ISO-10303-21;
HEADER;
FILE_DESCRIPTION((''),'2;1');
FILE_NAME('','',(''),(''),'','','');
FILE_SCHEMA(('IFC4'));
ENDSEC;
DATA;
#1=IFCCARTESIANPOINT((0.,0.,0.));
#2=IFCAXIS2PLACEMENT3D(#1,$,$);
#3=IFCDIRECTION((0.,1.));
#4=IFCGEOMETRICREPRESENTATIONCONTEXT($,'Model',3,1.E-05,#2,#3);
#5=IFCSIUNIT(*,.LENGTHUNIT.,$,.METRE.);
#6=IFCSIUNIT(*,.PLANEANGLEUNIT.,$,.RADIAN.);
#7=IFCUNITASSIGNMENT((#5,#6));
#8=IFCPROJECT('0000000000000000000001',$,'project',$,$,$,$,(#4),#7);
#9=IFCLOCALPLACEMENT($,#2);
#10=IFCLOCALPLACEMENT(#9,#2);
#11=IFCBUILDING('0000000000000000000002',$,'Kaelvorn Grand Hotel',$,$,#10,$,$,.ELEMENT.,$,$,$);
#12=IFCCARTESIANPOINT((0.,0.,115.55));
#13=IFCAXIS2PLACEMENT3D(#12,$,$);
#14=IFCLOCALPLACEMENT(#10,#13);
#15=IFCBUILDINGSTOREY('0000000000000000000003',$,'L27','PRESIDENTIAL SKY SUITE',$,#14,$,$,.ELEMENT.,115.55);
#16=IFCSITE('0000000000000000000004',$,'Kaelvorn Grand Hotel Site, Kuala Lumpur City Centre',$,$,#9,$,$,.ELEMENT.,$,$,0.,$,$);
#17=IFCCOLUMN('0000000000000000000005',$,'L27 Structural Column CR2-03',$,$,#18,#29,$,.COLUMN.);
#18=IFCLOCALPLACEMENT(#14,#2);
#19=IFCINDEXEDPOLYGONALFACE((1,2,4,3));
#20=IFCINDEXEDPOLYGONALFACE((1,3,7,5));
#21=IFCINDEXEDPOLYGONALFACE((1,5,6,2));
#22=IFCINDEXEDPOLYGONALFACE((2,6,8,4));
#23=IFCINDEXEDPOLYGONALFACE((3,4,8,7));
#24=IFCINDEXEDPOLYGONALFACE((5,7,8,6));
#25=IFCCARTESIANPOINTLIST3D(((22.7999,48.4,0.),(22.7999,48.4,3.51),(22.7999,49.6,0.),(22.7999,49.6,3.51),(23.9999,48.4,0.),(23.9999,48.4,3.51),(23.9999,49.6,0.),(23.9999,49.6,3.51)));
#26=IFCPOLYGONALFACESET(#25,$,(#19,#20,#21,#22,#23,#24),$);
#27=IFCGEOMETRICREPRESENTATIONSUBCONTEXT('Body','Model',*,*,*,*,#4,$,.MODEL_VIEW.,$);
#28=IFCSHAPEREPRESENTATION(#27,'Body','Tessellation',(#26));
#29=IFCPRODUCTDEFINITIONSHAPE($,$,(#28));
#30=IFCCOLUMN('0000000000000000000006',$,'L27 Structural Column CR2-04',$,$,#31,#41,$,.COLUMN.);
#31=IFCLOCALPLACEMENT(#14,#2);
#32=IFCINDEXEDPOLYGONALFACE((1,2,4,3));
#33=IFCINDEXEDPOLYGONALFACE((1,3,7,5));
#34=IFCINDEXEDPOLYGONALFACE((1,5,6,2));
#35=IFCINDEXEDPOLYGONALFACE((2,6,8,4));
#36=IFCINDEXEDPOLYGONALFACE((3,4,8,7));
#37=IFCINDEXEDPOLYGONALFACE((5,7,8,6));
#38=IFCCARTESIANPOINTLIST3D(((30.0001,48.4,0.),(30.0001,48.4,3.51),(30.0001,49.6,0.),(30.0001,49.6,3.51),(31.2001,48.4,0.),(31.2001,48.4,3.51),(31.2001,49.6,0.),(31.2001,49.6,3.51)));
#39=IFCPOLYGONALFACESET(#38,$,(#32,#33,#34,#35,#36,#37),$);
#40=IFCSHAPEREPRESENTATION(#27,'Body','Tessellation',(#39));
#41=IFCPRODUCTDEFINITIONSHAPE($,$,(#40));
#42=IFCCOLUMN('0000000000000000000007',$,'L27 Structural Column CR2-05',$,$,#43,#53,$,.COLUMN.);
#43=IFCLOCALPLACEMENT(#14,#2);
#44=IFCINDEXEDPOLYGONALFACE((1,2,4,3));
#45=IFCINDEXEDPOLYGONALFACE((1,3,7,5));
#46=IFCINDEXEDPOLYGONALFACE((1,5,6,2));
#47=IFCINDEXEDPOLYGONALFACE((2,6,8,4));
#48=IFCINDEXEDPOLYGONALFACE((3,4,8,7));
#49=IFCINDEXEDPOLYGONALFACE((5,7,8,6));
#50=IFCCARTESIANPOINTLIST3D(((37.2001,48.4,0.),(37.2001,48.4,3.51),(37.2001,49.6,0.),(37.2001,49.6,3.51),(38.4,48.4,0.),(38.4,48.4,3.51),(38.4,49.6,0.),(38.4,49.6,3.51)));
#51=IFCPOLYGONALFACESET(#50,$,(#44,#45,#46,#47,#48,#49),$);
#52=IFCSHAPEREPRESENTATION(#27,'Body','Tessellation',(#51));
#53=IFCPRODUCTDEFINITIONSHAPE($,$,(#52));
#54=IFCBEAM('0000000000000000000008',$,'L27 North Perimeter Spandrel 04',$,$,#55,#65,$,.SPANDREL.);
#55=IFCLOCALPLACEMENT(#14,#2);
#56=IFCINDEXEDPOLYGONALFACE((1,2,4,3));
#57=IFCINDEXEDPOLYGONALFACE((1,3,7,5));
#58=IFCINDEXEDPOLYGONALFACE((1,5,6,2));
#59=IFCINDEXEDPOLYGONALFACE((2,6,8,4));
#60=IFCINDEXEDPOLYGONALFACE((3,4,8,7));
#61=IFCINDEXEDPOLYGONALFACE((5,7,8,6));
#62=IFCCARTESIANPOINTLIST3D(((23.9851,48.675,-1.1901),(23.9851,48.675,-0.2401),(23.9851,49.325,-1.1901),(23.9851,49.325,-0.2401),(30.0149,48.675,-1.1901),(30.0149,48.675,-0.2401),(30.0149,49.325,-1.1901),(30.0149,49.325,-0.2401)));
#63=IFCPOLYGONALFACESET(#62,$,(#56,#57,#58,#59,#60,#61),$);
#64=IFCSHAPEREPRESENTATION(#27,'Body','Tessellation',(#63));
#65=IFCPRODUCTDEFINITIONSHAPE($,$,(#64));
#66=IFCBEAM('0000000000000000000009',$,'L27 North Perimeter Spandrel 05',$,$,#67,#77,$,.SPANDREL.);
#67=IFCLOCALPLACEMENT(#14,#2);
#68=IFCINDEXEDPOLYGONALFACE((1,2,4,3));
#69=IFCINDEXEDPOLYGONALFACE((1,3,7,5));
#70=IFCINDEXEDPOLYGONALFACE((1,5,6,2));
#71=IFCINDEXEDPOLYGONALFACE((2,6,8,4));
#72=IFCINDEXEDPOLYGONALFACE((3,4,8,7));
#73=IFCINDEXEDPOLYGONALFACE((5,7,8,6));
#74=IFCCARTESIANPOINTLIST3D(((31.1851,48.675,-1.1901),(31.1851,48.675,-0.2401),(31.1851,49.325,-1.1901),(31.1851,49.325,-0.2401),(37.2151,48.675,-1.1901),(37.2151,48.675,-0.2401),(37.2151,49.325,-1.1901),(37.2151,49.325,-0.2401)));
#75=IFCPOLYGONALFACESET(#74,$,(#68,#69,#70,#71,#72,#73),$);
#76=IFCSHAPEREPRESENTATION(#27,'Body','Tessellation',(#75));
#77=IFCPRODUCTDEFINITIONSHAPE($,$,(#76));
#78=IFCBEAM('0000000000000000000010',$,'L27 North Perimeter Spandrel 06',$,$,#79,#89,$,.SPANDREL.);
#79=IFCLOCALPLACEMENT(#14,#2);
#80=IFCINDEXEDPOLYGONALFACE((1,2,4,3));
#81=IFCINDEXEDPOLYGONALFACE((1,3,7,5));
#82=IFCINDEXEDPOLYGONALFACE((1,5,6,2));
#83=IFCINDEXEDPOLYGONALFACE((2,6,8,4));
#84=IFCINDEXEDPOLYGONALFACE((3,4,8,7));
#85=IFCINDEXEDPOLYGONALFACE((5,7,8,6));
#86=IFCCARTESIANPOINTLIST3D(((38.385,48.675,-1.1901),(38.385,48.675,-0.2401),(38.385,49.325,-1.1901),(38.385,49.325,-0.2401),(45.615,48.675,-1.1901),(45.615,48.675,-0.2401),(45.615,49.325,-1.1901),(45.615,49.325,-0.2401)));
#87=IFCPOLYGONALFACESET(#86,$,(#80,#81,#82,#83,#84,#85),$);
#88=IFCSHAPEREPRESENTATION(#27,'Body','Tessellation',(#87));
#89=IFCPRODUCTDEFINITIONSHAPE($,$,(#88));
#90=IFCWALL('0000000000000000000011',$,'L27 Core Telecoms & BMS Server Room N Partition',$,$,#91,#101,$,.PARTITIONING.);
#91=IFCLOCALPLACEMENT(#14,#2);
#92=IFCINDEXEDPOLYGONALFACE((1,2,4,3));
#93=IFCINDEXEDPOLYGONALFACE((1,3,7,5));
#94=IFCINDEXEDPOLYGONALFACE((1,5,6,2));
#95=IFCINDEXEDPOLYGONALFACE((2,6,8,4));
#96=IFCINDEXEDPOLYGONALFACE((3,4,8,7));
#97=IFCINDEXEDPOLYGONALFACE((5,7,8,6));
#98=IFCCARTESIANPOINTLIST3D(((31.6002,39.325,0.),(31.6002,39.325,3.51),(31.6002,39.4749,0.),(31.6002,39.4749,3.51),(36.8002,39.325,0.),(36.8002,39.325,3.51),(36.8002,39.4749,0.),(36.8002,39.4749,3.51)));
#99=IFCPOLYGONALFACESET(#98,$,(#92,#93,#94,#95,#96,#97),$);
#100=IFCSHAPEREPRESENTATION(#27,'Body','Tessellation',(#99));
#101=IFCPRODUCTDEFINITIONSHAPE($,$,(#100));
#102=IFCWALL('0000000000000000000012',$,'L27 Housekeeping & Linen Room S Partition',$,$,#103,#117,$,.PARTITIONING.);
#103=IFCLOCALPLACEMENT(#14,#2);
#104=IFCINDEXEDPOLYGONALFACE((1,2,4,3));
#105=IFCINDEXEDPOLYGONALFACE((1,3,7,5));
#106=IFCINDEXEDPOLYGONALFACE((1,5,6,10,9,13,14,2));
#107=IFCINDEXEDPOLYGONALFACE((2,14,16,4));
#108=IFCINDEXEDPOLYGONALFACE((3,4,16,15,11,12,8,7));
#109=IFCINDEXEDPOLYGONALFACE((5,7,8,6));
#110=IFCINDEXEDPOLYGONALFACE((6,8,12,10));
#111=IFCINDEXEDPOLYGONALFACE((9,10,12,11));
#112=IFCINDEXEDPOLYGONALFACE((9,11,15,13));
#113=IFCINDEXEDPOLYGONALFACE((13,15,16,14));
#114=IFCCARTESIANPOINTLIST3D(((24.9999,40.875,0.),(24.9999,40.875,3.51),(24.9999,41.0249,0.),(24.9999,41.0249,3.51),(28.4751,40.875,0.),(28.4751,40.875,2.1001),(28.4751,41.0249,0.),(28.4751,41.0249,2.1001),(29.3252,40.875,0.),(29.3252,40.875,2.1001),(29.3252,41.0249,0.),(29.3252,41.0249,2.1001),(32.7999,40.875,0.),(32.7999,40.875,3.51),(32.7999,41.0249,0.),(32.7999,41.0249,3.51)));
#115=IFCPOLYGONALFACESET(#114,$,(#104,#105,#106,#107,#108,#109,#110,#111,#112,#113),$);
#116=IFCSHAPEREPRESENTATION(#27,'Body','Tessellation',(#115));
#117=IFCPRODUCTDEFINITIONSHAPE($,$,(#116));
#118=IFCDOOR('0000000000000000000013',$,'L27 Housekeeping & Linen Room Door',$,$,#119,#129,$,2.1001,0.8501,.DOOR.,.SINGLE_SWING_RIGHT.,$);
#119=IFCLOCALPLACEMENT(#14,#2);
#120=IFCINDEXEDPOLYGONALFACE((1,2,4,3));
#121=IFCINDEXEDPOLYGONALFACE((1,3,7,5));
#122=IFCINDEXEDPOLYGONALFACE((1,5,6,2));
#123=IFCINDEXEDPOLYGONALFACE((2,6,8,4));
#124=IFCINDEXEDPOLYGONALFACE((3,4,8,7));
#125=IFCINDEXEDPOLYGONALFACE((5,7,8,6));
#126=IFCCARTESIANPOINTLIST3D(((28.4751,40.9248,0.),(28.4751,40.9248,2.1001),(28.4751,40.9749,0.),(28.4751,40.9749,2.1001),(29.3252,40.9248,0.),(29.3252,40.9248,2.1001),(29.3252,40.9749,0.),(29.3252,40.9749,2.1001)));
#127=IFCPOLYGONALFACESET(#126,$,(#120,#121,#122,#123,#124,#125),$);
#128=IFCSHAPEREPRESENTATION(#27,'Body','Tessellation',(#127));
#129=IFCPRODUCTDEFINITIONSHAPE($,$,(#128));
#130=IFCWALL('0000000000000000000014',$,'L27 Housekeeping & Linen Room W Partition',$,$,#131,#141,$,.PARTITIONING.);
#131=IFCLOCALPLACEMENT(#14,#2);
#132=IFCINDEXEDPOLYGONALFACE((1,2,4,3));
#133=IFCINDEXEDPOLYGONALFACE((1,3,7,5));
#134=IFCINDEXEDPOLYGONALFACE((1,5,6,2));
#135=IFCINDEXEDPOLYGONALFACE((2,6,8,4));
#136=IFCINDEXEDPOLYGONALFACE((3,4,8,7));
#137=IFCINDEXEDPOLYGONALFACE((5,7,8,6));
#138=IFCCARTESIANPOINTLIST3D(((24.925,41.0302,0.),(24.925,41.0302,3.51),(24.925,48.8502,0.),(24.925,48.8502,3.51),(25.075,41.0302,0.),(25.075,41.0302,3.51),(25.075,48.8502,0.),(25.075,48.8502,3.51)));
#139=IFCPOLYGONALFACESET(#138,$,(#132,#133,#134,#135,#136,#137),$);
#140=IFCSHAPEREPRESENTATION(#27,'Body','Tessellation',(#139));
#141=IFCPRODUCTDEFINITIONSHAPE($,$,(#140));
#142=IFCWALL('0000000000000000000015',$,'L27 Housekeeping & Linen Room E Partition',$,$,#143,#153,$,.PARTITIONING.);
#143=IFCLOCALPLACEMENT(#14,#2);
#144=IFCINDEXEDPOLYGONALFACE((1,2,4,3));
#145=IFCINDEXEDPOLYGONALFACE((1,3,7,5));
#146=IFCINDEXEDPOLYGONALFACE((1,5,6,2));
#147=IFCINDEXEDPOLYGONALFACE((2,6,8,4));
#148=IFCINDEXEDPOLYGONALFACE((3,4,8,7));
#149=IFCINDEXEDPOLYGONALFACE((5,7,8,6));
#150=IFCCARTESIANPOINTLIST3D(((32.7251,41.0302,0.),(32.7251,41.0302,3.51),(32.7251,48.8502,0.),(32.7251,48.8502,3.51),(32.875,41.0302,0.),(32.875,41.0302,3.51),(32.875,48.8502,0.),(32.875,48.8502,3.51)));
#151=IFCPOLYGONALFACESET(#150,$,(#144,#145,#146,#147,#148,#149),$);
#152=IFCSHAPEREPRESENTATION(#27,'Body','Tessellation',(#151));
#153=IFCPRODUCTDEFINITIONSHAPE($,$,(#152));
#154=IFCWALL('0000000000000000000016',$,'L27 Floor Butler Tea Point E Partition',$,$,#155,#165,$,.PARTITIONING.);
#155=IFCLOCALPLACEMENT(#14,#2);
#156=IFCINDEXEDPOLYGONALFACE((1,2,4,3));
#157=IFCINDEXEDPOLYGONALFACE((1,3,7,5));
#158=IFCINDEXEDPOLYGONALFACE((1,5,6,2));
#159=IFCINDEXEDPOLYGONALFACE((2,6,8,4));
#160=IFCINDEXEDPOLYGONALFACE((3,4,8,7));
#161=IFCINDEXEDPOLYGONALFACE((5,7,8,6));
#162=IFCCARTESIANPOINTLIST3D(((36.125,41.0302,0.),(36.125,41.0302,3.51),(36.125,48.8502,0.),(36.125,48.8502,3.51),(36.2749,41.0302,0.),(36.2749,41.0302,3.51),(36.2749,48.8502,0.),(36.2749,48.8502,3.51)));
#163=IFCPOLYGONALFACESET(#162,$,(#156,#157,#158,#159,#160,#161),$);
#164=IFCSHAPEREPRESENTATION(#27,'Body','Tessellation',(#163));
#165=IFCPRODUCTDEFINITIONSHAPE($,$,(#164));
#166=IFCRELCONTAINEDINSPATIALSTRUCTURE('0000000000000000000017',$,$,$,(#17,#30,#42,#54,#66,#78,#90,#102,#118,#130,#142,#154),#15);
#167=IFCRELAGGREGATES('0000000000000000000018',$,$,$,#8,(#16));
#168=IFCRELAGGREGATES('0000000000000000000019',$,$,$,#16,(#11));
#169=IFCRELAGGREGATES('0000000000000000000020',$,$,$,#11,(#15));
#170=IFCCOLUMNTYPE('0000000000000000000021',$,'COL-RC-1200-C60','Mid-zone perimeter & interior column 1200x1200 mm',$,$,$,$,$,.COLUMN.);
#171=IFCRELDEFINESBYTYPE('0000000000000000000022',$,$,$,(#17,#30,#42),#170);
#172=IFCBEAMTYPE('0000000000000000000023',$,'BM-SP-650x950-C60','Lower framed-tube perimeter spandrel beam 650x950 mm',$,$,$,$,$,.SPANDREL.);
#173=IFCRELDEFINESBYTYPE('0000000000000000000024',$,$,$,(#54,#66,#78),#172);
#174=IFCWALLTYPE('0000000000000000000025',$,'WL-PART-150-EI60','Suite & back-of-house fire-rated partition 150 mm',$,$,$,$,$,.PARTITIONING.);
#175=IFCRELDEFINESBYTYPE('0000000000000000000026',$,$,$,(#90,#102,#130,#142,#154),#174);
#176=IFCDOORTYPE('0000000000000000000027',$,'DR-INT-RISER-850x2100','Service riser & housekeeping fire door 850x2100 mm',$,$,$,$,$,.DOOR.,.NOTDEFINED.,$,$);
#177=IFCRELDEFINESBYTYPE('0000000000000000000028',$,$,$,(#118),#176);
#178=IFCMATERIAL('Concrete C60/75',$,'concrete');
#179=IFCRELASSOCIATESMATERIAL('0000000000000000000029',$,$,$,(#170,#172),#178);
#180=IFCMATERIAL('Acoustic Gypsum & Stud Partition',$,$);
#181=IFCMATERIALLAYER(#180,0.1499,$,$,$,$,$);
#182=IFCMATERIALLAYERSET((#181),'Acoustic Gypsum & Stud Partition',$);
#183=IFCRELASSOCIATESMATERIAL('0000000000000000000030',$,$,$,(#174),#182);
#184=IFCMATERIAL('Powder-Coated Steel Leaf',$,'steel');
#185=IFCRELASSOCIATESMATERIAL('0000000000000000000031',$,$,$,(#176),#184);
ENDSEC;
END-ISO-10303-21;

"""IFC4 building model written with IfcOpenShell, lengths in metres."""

from ifc_helpers import new_model, si_unit, direction, frame, frame_2d, origin, origin_2d, place, context, subcontext, project, spatial, rectangle, extrude, material, layer, layer_set, material_profile, profile_set, type_object, element, fill, save


model = new_model("IFC4")

# Units and contexts
model_context = context("Model", 3, precision=1e-05, world=origin(), true_north=direction((0.0, 1.0)))
body_context = subcontext(model_context, "Body", "Model", "MODEL_VIEW")
ifc_project = project(units=[si_unit("LENGTHUNIT", "METRE"), si_unit("PLANEANGLEUNIT", "RADIAN")], contexts=[model_context])

# Site, building, storey
site_placement = place(None, origin())
site = spatial("IfcSite", under=ifc_project, at=site_placement, Name="Kaelvorn Grand Hotel Site, Kuala Lumpur City Centre", CompositionType="ELEMENT", RefElevation=0.0)
building_placement = place(site_placement, origin())
building = spatial("IfcBuilding", under=site, at=building_placement, Name="Kaelvorn Grand Hotel", CompositionType="ELEMENT")
storey_placement = place(building_placement, frame((0.0, 0.0, 115.55)))
storey = spatial("IfcBuildingStorey", under=building, at=storey_placement, Name="L27", Description="PRESIDENTIAL SKY SUITE", CompositionType="ELEMENT", Elevation=115.55)

# Columns
ifc_material_1 = material(Name="Concrete C60/75", Category="concrete")
ifc_material_profile_1 = material_profile(ifc_material_1, rectangle(XDim=1.2, YDim=1.2, at=origin_2d()), Name="RC COL 1200x1200")
ifc_profile_set_1 = profile_set([ifc_material_profile_1], Name="Concrete C60/75")
column_type = type_object("IfcColumnType", Name="COL-RC-1200-C60", Description="Mid-zone perimeter & interior column 1200x1200 mm", PredefinedType="COLUMN", material=ifc_profile_set_1)
for number, where, z_axis, x_axis, name in (
    (1, (23.3999, 49.0, 0.0), (0.0, 0.0, 1.0), (1.0, 0.0, 0.0), "L27 Structural Column CR2-03"),
    (2, (30.6001, 49.0, 0.0), (0.0, 0.0, 1.0), (1.0, 0.0, 0.0), "L27 Structural Column CR2-04"),
    (3, (37.8, 49.0, 0.0), (0.0, 0.0, 1.0), (1.0, 0.0, 0.0), "L27 Structural Column CR2-05"),
):
    element("IfcColumn", number, at=place(storey_placement, frame(where, z_axis=z_axis, x_axis=x_axis)), inside=storey, type_object=column_type, Name=name, PredefinedType="COLUMN", context=body_context, shape_type="SweptSolid", body=[
        extrude(rectangle(XDim=1.2, YDim=1.2, at=origin_2d()), origin(), (0.0, 0.0, 1.0), 3.51),
    ])

# Beams
ifc_material_profile_2 = material_profile(ifc_material_1, rectangle(XDim=0.6499, YDim=0.95, at=origin_2d()), Name="RC SPANDREL 650x950")
ifc_profile_set_2 = profile_set([ifc_material_profile_2], Name="Concrete C60/75")
beam_type = type_object("IfcBeamType", Name="BM-SP-650x950-C60", Description="Lower framed-tube perimeter spandrel beam 650x950 mm", PredefinedType="SPANDREL", material=ifc_profile_set_2)
beam_1_placement = place(storey_placement, frame((23.9851, 49.0, -0.7151), z_axis=(1.0, 0.0, 0.0), x_axis=(0.0, 1.0, 0.0)))
element("IfcBeam", 4, at=beam_1_placement, inside=storey, type_object=beam_type, Name="L27 North Perimeter Spandrel 04", PredefinedType="SPANDREL", context=body_context, shape_type="SweptSolid", body=[
    extrude(rectangle(XDim=0.6499, YDim=0.95, at=origin_2d()), origin(), (0.0, 0.0, 1.0), 6.0298),
])
beam_2_placement = place(storey_placement, frame((31.1851, 49.0, -0.7151), z_axis=(1.0, 0.0, 0.0), x_axis=(0.0, 1.0, 0.0)))
element("IfcBeam", 5, at=beam_2_placement, inside=storey, type_object=beam_type, Name="L27 North Perimeter Spandrel 05", PredefinedType="SPANDREL", context=body_context, shape_type="SweptSolid", body=[
    extrude(rectangle(XDim=0.6499, YDim=0.95, at=origin_2d()), origin(), (0.0, 0.0, 1.0), 6.03),
])
beam_3_placement = place(storey_placement, frame((38.385, 49.0, -0.7151), z_axis=(1.0, 0.0, 0.0), x_axis=(0.0, 1.0, 0.0)))
element("IfcBeam", 6, at=beam_3_placement, inside=storey, type_object=beam_type, Name="L27 North Perimeter Spandrel 06", PredefinedType="SPANDREL", context=body_context, shape_type="SweptSolid", body=[
    extrude(rectangle(XDim=0.6499, YDim=0.95, at=origin_2d()), origin(), (0.0, 0.0, 1.0), 7.23),
])

# Wall
ifc_material_2 = material(Name="Acoustic Gypsum & Stud Partition")
ifc_layer_1 = layer(ifc_material_2, 0.1499)
ifc_layer_set_1 = layer_set([ifc_layer_1], Name="Acoustic Gypsum & Stud Partition")
wall_type_1 = type_object("IfcWallType", Name="WL-PART-150-EI60", Description="Suite & back-of-house fire-rated partition 150 mm", PredefinedType="PARTITIONING", material=ifc_layer_set_1)
wall_1_placement = place(storey_placement, frame((31.6001, 39.3999, 0.0), z_axis=(0.0, 0.0, 1.0), x_axis=(1.0, 0.0, 0.0)))
element("IfcWall", 7, at=wall_1_placement, inside=storey, type_object=wall_type_1, Name="L27 Core Telecoms & BMS Server Room N Partition", PredefinedType="PARTITIONING", context=body_context, shape_type="SweptSolid", body=[
    extrude(rectangle(XDim=5.2, YDim=0.1499, at=frame_2d((2.6001, 0.0))), origin(), (0.0, 0.0, 1.0), 3.51),
])

# Wall, opening, door
wall_2_placement = place(storey_placement, frame((25.0, 40.95, 0.0), z_axis=(0.0, 0.0, 1.0), x_axis=(1.0, 0.0, 0.0)))
wall_2 = element("IfcWall", 8, at=wall_2_placement, inside=storey, type_object=wall_type_1, Name="L27 Housekeeping & Linen Room S Partition", PredefinedType="PARTITIONING", context=body_context, shape_type="SweptSolid", body=[
    extrude(rectangle(XDim=7.8, YDim=0.1499, at=frame_2d((3.8999, 0.0))), origin(), (0.0, 0.0, 1.0), 3.51),
])
opening_1_placement = place(wall_2_placement, frame((3.4751, 0.0, 0.0)))
opening_1 = element("IfcOpeningElement", 9, at=opening_1_placement, cuts=wall_2, PredefinedType="OPENING", context=body_context, shape_type="SweptSolid", body=[
    extrude(rectangle(XDim=0.8501, YDim=2.1001, at=frame_2d((0.425, 1.05))), frame((0.0, 0.085, 0.0), z_axis=(0.0, -1.0, 0.0), x_axis=(1.0, 0.0, 0.0)), (0.0, 0.0, 1.0), 0.1699),
])
ifc_material_3 = material(Name="Powder-Coated Steel Leaf", Category="steel")
door_type_1 = type_object("IfcDoorType", Name="DR-INT-RISER-850x2100", Description="Service riser & housekeeping fire door 850x2100 mm", OperationType="NOTDEFINED", PredefinedType="DOOR", material=ifc_material_3)
door_1_placement = place(opening_1_placement, origin())
door_1 = element("IfcDoor", 10, at=door_1_placement, inside=storey, type_object=door_type_1, Name="L27 Housekeeping & Linen Room Door", OperationType="SINGLE_SWING_RIGHT", OverallHeight=2.1001, OverallWidth=0.8501, PredefinedType="DOOR", context=body_context, shape_type="SweptSolid", body=[
    extrude(rectangle(XDim=0.8501, YDim=2.1001, at=frame_2d((0.425, 1.05))), frame((0.0, 0.0249, 0.0), z_axis=(0.0, -1.0, 0.0), x_axis=(1.0, 0.0, 0.0)), (0.0, 0.0, 1.0), 0.05),
])
fill(opening_1, door_1)

# Walls
for number, where, z_axis, x_axis, name in (
    (11, (25.0, 41.03, 0.0), (0.0, 0.0, 1.0), (0.0, 1.0, 0.0), "L27 Housekeeping & Linen Room W Partition"),
    (12, (32.8, 41.03, 0.0), (0.0, 0.0, 1.0), (0.0, 1.0, 0.0), "L27 Housekeeping & Linen Room E Partition"),
):
    element("IfcWall", number, at=place(storey_placement, frame(where, z_axis=z_axis, x_axis=x_axis)), inside=storey, type_object=wall_type_1, Name=name, PredefinedType="PARTITIONING", context=body_context, shape_type="SweptSolid", body=[
        extrude(rectangle(XDim=7.8201, YDim=0.1499, at=frame_2d((3.9102, 0.0))), origin(), (0.0, 0.0, 1.0), 3.51),
    ])

# Wall
wall_3_placement = place(storey_placement, frame((36.2, 41.03, 0.0), z_axis=(0.0, 0.0, 1.0), x_axis=(0.0, 1.0, 0.0)))
element("IfcWall", 13, at=wall_3_placement, inside=storey, type_object=wall_type_1, Name="L27 Floor Butler Tea Point E Partition", PredefinedType="PARTITIONING", context=body_context, shape_type="SweptSolid", body=[
    extrude(rectangle(XDim=7.8201, YDim=0.1499, at=frame_2d((3.9102, 0.0))), origin(), (0.0, 0.0, 1.0), 3.51),
])

save(model, "model.ifc")
